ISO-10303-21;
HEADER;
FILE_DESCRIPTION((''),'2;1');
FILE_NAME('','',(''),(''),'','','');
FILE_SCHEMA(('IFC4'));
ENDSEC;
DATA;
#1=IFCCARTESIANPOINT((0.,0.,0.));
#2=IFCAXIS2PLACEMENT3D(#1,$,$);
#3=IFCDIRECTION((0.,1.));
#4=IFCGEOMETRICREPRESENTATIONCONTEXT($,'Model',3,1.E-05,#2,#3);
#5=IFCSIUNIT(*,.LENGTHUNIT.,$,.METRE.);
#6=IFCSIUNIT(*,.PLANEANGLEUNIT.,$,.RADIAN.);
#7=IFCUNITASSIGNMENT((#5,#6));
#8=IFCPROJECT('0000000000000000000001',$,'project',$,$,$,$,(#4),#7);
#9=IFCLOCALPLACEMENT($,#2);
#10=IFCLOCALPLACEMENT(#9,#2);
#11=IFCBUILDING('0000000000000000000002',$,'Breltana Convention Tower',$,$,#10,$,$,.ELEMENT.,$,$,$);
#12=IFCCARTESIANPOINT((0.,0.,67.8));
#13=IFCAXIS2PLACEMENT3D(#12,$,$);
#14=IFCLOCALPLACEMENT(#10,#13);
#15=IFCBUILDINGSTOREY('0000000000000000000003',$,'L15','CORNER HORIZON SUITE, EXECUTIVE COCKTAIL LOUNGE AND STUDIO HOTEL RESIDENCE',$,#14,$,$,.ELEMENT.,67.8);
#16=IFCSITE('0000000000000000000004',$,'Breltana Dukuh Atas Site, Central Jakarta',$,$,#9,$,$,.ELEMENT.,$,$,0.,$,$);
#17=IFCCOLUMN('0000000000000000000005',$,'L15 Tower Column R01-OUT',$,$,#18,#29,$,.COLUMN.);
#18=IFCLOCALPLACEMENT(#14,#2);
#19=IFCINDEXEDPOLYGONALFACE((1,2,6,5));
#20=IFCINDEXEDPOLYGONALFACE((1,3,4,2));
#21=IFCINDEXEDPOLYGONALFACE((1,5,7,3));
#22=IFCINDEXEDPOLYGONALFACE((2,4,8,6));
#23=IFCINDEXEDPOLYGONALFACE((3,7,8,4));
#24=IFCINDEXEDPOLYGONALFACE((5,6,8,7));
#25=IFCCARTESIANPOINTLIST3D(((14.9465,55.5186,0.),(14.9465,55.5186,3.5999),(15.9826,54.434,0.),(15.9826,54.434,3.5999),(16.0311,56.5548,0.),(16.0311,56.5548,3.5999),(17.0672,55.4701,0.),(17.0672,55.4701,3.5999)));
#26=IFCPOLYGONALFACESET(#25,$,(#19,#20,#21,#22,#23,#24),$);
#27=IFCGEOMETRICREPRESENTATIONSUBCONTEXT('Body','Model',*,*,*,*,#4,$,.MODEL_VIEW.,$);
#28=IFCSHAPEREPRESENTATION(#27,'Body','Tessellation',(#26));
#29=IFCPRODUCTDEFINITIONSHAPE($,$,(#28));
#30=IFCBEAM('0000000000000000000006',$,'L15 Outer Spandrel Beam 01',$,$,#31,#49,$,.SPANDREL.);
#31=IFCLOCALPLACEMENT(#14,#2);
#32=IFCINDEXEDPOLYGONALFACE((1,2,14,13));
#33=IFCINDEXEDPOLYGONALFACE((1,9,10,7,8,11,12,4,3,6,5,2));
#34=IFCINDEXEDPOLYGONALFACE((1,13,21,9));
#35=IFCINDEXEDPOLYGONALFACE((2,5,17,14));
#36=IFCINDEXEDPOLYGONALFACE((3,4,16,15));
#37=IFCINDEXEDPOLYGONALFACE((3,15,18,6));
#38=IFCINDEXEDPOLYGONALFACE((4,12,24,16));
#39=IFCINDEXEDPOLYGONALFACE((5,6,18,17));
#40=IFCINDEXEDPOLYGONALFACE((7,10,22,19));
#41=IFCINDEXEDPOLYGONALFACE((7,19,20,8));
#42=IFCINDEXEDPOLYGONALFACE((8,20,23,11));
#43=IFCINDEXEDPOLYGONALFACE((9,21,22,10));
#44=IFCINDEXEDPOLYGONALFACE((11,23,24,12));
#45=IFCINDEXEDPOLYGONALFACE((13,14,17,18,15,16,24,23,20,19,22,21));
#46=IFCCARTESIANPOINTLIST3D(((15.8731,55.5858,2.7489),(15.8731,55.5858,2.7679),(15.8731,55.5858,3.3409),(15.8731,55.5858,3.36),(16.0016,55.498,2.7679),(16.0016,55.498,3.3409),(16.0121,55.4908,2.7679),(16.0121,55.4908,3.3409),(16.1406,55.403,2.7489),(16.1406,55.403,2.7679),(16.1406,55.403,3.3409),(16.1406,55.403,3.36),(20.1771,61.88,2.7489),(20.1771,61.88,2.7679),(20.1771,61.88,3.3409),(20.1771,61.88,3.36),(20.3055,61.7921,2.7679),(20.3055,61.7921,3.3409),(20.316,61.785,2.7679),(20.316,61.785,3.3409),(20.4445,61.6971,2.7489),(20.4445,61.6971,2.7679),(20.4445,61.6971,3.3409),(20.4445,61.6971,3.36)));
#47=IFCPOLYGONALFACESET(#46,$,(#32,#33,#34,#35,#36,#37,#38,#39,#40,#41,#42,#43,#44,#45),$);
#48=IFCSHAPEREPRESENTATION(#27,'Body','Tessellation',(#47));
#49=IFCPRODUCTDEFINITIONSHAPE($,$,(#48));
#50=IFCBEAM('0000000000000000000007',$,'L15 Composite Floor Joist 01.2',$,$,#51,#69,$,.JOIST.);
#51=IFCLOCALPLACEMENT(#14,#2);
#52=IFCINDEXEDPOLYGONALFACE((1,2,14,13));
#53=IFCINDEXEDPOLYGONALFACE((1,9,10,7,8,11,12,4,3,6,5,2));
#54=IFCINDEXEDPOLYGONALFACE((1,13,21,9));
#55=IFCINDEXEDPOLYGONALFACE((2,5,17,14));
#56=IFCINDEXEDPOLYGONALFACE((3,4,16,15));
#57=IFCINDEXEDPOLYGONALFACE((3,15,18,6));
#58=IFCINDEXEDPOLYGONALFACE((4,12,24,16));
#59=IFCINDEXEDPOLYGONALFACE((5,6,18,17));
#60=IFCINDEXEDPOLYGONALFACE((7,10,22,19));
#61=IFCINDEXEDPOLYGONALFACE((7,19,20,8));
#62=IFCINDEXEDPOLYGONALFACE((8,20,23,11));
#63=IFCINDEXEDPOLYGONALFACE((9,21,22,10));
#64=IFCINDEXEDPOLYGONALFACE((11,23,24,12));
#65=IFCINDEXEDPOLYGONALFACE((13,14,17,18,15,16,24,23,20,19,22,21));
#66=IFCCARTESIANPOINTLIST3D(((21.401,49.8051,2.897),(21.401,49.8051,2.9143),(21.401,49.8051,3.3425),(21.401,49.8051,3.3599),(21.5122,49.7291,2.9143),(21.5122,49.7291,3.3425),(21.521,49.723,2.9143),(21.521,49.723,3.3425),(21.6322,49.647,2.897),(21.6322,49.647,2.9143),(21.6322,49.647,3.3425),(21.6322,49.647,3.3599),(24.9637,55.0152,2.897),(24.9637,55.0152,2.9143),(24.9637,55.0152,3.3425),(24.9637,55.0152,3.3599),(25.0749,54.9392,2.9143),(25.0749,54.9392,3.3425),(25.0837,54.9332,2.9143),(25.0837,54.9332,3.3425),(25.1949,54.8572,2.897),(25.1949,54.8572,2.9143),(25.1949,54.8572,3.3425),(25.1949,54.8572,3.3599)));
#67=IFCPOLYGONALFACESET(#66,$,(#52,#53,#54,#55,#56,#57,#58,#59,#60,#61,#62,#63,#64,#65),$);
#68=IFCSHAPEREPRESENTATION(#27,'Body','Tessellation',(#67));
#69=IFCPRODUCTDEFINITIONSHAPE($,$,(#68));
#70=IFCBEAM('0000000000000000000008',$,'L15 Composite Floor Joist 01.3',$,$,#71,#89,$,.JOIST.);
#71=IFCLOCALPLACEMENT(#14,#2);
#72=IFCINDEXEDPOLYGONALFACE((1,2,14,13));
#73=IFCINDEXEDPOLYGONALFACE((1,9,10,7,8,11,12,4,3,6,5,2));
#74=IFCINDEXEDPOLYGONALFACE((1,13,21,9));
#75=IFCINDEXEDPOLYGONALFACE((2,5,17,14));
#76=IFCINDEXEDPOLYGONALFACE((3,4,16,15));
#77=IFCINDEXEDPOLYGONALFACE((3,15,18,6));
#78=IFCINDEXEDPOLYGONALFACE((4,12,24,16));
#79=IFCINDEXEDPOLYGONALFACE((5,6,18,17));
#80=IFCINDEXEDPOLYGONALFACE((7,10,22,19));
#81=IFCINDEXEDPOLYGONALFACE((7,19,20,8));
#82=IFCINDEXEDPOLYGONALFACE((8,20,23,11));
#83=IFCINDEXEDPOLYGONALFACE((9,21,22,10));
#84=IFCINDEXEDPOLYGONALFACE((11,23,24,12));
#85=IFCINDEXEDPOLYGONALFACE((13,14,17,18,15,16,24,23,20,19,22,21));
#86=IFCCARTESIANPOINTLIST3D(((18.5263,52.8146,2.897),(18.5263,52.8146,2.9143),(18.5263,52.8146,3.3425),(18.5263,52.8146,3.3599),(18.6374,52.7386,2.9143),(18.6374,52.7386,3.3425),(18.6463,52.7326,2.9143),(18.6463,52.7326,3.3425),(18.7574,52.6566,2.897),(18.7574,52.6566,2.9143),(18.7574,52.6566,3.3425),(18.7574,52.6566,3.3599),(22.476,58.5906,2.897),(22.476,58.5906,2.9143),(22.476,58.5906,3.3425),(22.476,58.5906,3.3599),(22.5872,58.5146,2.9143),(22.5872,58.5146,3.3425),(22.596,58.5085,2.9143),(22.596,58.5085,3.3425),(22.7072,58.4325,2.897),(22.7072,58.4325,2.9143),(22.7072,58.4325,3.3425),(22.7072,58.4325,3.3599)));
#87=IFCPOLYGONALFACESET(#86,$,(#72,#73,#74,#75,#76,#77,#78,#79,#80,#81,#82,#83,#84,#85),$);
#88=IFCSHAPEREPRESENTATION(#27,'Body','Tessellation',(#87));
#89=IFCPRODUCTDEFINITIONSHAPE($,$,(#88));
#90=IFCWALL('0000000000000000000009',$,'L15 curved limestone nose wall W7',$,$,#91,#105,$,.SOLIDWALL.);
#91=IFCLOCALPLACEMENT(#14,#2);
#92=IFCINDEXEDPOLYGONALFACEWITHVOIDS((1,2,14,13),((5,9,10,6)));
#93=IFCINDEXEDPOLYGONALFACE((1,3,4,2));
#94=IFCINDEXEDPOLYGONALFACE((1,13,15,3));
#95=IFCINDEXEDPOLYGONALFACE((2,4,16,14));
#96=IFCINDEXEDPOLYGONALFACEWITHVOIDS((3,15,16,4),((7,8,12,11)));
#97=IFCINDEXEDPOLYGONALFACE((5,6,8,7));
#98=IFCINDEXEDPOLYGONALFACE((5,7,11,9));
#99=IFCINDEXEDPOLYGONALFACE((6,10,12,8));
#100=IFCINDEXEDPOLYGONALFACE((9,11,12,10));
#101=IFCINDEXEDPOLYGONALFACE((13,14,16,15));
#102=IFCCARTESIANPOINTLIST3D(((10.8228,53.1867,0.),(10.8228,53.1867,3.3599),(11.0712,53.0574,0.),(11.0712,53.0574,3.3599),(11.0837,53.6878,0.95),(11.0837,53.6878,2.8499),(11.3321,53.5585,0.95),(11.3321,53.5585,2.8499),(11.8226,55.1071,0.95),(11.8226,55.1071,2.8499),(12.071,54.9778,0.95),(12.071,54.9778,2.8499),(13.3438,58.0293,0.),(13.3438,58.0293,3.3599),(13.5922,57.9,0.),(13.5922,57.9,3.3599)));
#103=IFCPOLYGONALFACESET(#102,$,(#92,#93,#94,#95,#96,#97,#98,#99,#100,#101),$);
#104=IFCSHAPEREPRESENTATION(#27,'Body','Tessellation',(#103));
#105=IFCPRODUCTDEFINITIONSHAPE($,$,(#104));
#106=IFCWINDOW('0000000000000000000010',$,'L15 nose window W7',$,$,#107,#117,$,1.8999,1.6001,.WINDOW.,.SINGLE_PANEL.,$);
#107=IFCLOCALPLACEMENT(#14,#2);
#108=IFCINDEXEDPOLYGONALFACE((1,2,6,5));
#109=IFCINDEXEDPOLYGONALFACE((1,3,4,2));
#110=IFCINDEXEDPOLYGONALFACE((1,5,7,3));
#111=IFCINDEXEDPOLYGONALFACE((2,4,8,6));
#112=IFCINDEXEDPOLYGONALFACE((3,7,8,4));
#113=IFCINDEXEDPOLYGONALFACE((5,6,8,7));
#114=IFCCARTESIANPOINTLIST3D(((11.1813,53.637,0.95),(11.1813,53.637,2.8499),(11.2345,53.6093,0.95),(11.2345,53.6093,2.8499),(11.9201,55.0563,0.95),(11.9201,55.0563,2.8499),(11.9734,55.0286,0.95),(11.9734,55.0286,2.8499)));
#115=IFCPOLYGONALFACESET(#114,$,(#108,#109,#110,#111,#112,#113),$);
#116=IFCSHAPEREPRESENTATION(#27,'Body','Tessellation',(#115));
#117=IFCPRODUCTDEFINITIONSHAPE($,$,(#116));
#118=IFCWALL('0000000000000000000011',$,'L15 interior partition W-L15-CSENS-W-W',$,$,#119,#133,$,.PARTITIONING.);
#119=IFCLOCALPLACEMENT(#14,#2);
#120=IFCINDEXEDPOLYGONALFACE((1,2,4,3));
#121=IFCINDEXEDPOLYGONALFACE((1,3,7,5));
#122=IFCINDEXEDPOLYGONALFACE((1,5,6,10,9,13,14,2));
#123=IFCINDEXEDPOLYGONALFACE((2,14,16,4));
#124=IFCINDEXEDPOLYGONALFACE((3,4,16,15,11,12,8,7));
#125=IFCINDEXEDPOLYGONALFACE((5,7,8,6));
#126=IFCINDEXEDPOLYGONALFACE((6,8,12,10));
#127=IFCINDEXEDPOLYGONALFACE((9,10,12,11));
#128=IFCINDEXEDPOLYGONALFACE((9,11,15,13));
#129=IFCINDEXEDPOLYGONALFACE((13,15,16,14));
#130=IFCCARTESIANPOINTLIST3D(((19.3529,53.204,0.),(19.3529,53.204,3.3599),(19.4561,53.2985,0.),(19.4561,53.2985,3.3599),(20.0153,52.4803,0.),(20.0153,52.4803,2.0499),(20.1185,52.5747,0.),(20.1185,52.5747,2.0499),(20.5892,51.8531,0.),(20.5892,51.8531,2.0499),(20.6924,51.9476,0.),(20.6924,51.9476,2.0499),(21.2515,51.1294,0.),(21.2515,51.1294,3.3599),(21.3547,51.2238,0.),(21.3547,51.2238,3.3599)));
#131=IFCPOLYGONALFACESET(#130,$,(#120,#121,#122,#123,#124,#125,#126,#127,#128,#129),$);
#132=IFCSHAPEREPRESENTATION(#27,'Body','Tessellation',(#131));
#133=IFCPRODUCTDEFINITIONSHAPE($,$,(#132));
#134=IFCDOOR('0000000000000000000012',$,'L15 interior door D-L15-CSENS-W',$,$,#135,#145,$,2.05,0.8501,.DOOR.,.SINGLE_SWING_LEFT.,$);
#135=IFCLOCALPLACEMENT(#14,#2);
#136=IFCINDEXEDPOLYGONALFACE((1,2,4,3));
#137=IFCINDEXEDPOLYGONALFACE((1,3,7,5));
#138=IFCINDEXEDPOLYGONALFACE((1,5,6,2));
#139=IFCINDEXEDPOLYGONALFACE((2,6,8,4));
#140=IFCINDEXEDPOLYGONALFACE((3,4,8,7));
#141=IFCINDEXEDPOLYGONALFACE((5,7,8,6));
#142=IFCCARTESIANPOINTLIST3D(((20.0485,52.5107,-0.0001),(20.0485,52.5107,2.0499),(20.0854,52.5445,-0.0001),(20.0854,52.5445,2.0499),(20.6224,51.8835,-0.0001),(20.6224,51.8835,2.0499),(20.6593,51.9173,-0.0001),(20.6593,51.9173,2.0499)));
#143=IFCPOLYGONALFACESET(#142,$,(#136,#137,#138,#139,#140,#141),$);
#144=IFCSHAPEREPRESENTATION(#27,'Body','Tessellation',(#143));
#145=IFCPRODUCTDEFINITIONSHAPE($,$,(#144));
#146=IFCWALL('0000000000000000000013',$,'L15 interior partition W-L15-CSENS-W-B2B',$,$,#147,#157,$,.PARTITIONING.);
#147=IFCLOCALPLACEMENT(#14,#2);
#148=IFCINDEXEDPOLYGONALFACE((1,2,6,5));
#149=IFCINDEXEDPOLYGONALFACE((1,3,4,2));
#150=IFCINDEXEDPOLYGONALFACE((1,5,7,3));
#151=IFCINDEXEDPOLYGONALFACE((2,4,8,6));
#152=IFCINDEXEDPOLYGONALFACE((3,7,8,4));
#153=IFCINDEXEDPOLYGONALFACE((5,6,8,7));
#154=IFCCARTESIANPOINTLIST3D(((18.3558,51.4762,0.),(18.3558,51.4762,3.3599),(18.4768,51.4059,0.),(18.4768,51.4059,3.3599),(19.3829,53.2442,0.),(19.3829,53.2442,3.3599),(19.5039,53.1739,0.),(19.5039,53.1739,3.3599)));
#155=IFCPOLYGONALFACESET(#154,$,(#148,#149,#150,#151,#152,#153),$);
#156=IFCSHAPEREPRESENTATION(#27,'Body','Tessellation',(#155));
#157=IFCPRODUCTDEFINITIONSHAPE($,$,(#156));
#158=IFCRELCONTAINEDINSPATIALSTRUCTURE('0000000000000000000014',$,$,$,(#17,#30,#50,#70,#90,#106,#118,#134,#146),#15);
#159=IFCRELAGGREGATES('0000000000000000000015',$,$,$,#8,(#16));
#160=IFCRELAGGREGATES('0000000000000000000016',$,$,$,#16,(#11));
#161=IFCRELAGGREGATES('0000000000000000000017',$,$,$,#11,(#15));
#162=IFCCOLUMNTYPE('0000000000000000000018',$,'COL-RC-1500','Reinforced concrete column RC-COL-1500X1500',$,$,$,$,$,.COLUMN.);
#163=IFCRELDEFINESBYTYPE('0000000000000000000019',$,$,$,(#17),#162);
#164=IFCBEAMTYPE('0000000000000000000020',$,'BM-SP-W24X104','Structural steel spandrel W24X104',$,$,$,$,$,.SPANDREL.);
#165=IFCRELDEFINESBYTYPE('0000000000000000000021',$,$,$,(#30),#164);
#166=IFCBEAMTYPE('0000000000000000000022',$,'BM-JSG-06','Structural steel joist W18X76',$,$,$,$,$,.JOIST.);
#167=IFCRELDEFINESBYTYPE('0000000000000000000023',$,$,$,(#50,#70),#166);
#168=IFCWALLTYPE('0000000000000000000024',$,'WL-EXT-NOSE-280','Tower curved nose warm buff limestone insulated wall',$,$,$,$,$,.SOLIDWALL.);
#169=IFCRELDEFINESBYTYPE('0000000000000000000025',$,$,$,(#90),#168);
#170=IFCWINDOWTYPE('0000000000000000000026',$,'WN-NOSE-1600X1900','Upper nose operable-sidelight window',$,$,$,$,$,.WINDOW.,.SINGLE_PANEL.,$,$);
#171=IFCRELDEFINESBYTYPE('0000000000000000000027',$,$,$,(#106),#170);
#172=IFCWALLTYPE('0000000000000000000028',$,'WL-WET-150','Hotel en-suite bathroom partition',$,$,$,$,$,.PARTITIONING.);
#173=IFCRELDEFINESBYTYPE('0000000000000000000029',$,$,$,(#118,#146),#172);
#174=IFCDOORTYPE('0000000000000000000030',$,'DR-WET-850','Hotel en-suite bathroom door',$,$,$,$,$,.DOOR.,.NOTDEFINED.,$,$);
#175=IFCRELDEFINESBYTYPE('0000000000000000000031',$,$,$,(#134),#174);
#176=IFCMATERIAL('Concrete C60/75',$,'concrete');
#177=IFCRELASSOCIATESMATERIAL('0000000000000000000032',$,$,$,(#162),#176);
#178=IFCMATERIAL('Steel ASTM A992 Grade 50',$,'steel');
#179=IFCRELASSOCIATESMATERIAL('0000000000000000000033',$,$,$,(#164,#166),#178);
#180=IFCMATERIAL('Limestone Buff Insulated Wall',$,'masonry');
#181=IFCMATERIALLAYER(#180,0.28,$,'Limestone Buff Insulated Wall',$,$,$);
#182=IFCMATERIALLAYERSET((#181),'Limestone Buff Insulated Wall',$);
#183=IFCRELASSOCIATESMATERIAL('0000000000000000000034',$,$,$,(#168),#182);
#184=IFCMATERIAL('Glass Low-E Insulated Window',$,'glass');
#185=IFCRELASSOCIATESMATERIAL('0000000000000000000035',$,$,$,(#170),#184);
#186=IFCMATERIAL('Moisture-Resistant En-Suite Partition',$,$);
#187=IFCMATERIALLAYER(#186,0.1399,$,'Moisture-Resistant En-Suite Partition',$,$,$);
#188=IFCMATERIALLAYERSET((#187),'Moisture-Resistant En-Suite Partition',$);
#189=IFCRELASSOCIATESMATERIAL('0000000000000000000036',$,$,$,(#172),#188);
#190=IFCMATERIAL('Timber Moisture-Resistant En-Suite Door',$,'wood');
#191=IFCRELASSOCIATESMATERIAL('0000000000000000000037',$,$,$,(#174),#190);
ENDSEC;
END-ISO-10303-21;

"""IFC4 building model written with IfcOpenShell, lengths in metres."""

from ifc_helpers import new_model, si_unit, direction, frame, frame_2d, origin, origin_2d, place, context, subcontext, project, spatial, rectangle, i_section, extrude, source, transform, mapped, material, layer, layer_set, material_profile, profile_set, type_object, type_shapes, element, fill, save


model = new_model("IFC4")

# Units and contexts
model_context = context("Model", 3, precision=1e-05, world=origin(), true_north=direction((0.0, 1.0)))
body_context = subcontext(model_context, "Body", "Model", "MODEL_VIEW")
ifc_project = project(units=[si_unit("LENGTHUNIT", "METRE"), si_unit("PLANEANGLEUNIT", "RADIAN")], contexts=[model_context])

# Site, building, storey
site_placement = place(None, origin())
site = spatial("IfcSite", under=ifc_project, at=site_placement, Name="Breltana Dukuh Atas Site, Central Jakarta", CompositionType="ELEMENT", RefElevation=0.0)
building_placement = place(site_placement, origin())
building = spatial("IfcBuilding", under=site, at=building_placement, Name="Breltana Convention Tower", CompositionType="ELEMENT")
storey_placement = place(building_placement, frame((0.0, 0.0, 67.8)))
storey = spatial("IfcBuildingStorey", under=building, at=storey_placement, Name="L15", Description="CORNER HORIZON SUITE, EXECUTIVE COCKTAIL LOUNGE AND STUDIO HOTEL RESIDENCE", CompositionType="ELEMENT", Elevation=67.8)

# Column
ifc_material_1 = material(Name="Concrete C60/75", Category="concrete")
ifc_material_profile_1 = material_profile(ifc_material_1, rectangle(XDim=1.5, YDim=1.5, at=origin_2d()), Name="RC-COL-1500X1500")
ifc_profile_set_1 = profile_set([ifc_material_profile_1], Name="Concrete C60/75")
column_type = type_object("IfcColumnType", Name="COL-RC-1500", Description="Reinforced concrete column RC-COL-1500X1500", PredefinedType="COLUMN", material=ifc_profile_set_1)
shared_shape_1 = source(origin(), body_context, "Body", "SweptSolid", [
    extrude(rectangle(XDim=1.5, YDim=1.5, at=origin_2d()), origin(), (0.0, 0.0, 1.0), 3.5999),
])
column_placement = place(storey_placement, frame((16.0068, 55.4944, 0.0), z_axis=(0.0, 0.0, 1.0), x_axis=(-0.690756, 0.723088, 0.0)))
element("IfcColumn", 1, at=column_placement, inside=storey, type_object=column_type, Name="L15 Tower Column R01-OUT", PredefinedType="COLUMN", context=body_context, shape_type="MappedRepresentation", body=[
    mapped(shared_shape_1, transform((0.0, 0.0, 0.0), scale=1.0)),
])

# Beams
ifc_material_2 = material(Name="Steel ASTM A992 Grade 50", Category="steel")
ifc_material_profile_2 = material_profile(ifc_material_2, i_section(OverallWidth=0.324, OverallDepth=0.6111, WebThickness=0.0127, FlangeThickness=0.019, at=origin_2d()), Name="W24X104")
ifc_profile_set_2 = profile_set([ifc_material_profile_2], Name="Steel ASTM A992 Grade 50")
beam_type_1 = type_object("IfcBeamType", Name="BM-SP-W24X104", Description="Structural steel spandrel W24X104", PredefinedType="SPANDREL", material=ifc_profile_set_2)
shared_shape_2 = source(origin(), body_context, "Body", "SweptSolid", [
    extrude(i_section(OverallWidth=0.324, OverallDepth=0.6111, WebThickness=0.0127, FlangeThickness=0.019, at=origin_2d()), origin(), (0.0, 0.0, 1.0), 7.625),
])
type_shapes(beam_type_1, [shared_shape_2])
beam_1_placement = place(storey_placement, frame((16.0068, 55.4944, 3.0544), z_axis=(0.564452, 0.825466, 0.0), x_axis=(-0.825466, 0.564452, 0.0)))
element("IfcBeam", 2, at=beam_1_placement, inside=storey, type_object=beam_type_1, Name="L15 Outer Spandrel Beam 01", PredefinedType="SPANDREL", context=body_context, shape_type="MappedRepresentation", body=[
    mapped(shared_shape_2, transform((0.0, 0.0, 0.0), scale=1.0)),
])
ifc_material_profile_3 = material_profile(ifc_material_2, i_section(OverallWidth=0.28, OverallDepth=0.4629, WebThickness=0.0107, FlangeThickness=0.0173, at=origin_2d()), Name="W18X76")
ifc_profile_set_3 = profile_set([ifc_material_profile_3], Name="Steel ASTM A992 Grade 50")
beam_type_2 = type_object("IfcBeamType", Name="BM-JSG-06", Description="Structural steel joist W18X76", PredefinedType="JOIST", material=ifc_profile_set_3)
shared_shape_3 = source(origin(), body_context, "Body", "SweptSolid", [
    extrude(i_section(OverallWidth=0.28, OverallDepth=0.4629, WebThickness=0.0107, FlangeThickness=0.0173, at=origin_2d()), origin(), (0.0, 0.0, 1.0), 6.3118),
])
beam_2_placement = place(storey_placement, frame((21.5166, 49.7261, 3.1284), z_axis=(0.564454, 0.825465, 0.0), x_axis=(-0.825465, 0.564454, 0.0)))
element("IfcBeam", 3, at=beam_2_placement, inside=storey, type_object=beam_type_2, Name="L15 Composite Floor Joist 01.2", PredefinedType="JOIST", context=body_context, shape_type="MappedRepresentation", body=[
    mapped(shared_shape_3, transform((0.0, 0.0, 0.0), scale=1.0)),
])
shared_shape_4 = source(origin(), body_context, "Body", "SweptSolid", [
    extrude(i_section(OverallWidth=0.28, OverallDepth=0.4629, WebThickness=0.0107, FlangeThickness=0.0173, at=origin_2d()), origin(), (0.0, 0.0, 1.0), 6.9973),
])
beam_3_placement = place(storey_placement, frame((18.6418, 52.7356, 3.1284), z_axis=(0.564469, 0.825454, 0.0), x_axis=(-0.825454, 0.564469, 0.0)))
element("IfcBeam", 4, at=beam_3_placement, inside=storey, type_object=beam_type_2, Name="L15 Composite Floor Joist 01.3", PredefinedType="JOIST", context=body_context, shape_type="MappedRepresentation", body=[
    mapped(shared_shape_4, transform((0.0, 0.0, 0.0), scale=1.0)),
])

# Wall, opening, window
ifc_material_3 = material(Name="Limestone Buff Insulated Wall", Category="masonry")
ifc_layer_1 = layer(ifc_material_3, 0.28, Name="Limestone Buff Insulated Wall")
ifc_layer_set_1 = layer_set([ifc_layer_1], Name="Limestone Buff Insulated Wall")
wall_type_1 = type_object("IfcWallType", Name="WL-EXT-NOSE-280", Description="Tower curved nose warm buff limestone insulated wall", PredefinedType="SOLIDWALL", material=ifc_layer_set_1)
shared_shape_5 = source(origin(), body_context, "Body", "SweptSolid", [
    extrude(rectangle(XDim=5.4595, YDim=0.28, at=frame_2d((2.7297, 0.0))), origin(), (0.0, 0.0, 1.0), 3.3599),
])
wall_1_placement = place(storey_placement, frame((10.947, 53.1221, 0.0), z_axis=(0.0, 0.0, 1.0), x_axis=(0.461768, 0.887001, 0.0)))
wall_1 = element("IfcWall", 5, at=wall_1_placement, inside=storey, type_object=wall_type_1, Name="L15 curved limestone nose wall W7", PredefinedType="SOLIDWALL", context=body_context, shape_type="MappedRepresentation", body=[
    mapped(shared_shape_5, transform((0.0, 0.0, 0.0), scale=1.0)),
])
opening_1_placement = place(wall_1_placement, frame((0.5649, 0.0, 0.95)))
opening_1 = element("IfcOpeningElement", 6, at=opening_1_placement, cuts=wall_1, PredefinedType="OPENING", context=body_context, shape_type="SweptSolid", body=[
    extrude(rectangle(XDim=1.6001, YDim=1.8999, at=frame_2d((0.8, 0.95))), frame((0.0, 0.1499, 0.0), z_axis=(0.0, -1.0, 0.0), x_axis=(1.0, 0.0, 0.0)), (0.0, 0.0, 1.0), 0.3),
])
ifc_material_4 = material(Name="Glass Low-E Insulated Window", Category="glass")
window_type = type_object("IfcWindowType", Name="WN-NOSE-1600X1900", Description="Upper nose operable-sidelight window", PartitioningType="SINGLE_PANEL", PredefinedType="WINDOW", material=ifc_material_4)
shared_shape_6 = source(origin(), body_context, "Body", "SweptSolid", [
    extrude(rectangle(XDim=1.6001, YDim=1.8999, at=frame_2d((0.8, 0.95))), frame((0.0, 0.03, 0.0), z_axis=(0.0, -1.0, 0.0), x_axis=(1.0, 0.0, 0.0)), (0.0, 0.0, 1.0), 0.0601),
])
type_shapes(window_type, [shared_shape_6])
window_placement = place(opening_1_placement, origin())
window = element("IfcWindow", 7, at=window_placement, inside=storey, type_object=window_type, Name="L15 nose window W7", OverallHeight=1.8999, OverallWidth=1.6001, PartitioningType="SINGLE_PANEL", PredefinedType="WINDOW", context=body_context, shape_type="MappedRepresentation", body=[
    mapped(shared_shape_6, transform((0.0, 0.0, 0.0), scale=1.0)),
])
fill(opening_1, window)

# Wall, opening, door
ifc_material_5 = material(Name="Moisture-Resistant En-Suite Partition")
ifc_layer_2 = layer(ifc_material_5, 0.1399, Name="Moisture-Resistant En-Suite Partition")
ifc_layer_set_2 = layer_set([ifc_layer_2], Name="Moisture-Resistant En-Suite Partition")
wall_type_2 = type_object("IfcWallType", Name="WL-WET-150", Description="Hotel en-suite bathroom partition", PredefinedType="PARTITIONING", material=ifc_layer_set_2)
shared_shape_7 = source(origin(), body_context, "Body", "SweptSolid", [
    extrude(rectangle(XDim=2.8123, YDim=0.1399, at=frame_2d((1.4062, 0.0))), origin(), (0.0, 0.0, 1.0), 3.3599),
])
wall_2_placement = place(storey_placement, frame((21.3032, 51.1765, 0.0), z_axis=(0.0, 0.0, 1.0), x_axis=(-0.675119, 0.737709, 0.0)))
wall_2 = element("IfcWall", 8, at=wall_2_placement, inside=storey, type_object=wall_type_2, Name="L15 interior partition W-L15-CSENS-W-W", PredefinedType="PARTITIONING", context=body_context, shape_type="MappedRepresentation", body=[
    mapped(shared_shape_7, transform((0.0, 0.0, 0.0), scale=1.0)),
])
opening_2_placement = place(wall_2_placement, frame((0.9812, 0.0, 0.0)))
opening_2 = element("IfcOpeningElement", 9, at=opening_2_placement, cuts=wall_2, PredefinedType="OPENING", context=body_context, shape_type="SweptSolid", body=[
    extrude(rectangle(XDim=0.8501, YDim=2.05, at=frame_2d((0.425, 1.0249))), frame((0.0, 0.0801, 0.0), z_axis=(0.0, -1.0, 0.0), x_axis=(1.0, 0.0, 0.0)), (0.0, 0.0, 1.0), 0.1599),
])
ifc_material_6 = material(Name="Timber Moisture-Resistant En-Suite Door", Category="wood")
door_type_1 = type_object("IfcDoorType", Name="DR-WET-850", Description="Hotel en-suite bathroom door", OperationType="NOTDEFINED", PredefinedType="DOOR", material=ifc_material_6)
shared_shape_8 = source(origin(), body_context, "Body", "SweptSolid", [
    extrude(rectangle(XDim=0.8501, YDim=2.05, at=frame_2d((0.425, 1.0249))), frame((0.0, 0.0249, 0.0), z_axis=(0.0, -1.0, 0.0), x_axis=(1.0, 0.0, 0.0)), (0.0, 0.0, 1.0), 0.05),
])
type_shapes(door_type_1, [shared_shape_8])
door_1_placement = place(opening_2_placement, origin())
door_1 = element("IfcDoor", 10, at=door_1_placement, inside=storey, type_object=door_type_1, Name="L15 interior door D-L15-CSENS-W", OperationType="SINGLE_SWING_LEFT", OverallHeight=2.05, OverallWidth=0.8501, PredefinedType="DOOR", context=body_context, shape_type="MappedRepresentation", body=[
    mapped(shared_shape_8, transform((0.0, 0.0, 0.0), scale=1.0)),
])
fill(opening_2, door_1)

# Wall
shared_shape_9 = source(origin(), body_context, "Body", "SweptSolid", [
    extrude(rectangle(XDim=2.0447, YDim=0.1399, at=frame_2d((1.0225, 0.0))), origin(), (0.0, 0.0, 1.0), 3.3599),
])
wall_3_placement = place(storey_placement, frame((18.4163, 51.4409, 0.0), z_axis=(0.0, 0.0, 1.0), x_axis=(0.502311, 0.864687, 0.0)))
element("IfcWall", 11, at=wall_3_placement, inside=storey, type_object=wall_type_2, Name="L15 interior partition W-L15-CSENS-W-B2B", PredefinedType="PARTITIONING", context=body_context, shape_type="MappedRepresentation", body=[
    mapped(shared_shape_9, transform((0.0, 0.0, 0.0), scale=1.0)),
])

save(model, "model.ifc")
